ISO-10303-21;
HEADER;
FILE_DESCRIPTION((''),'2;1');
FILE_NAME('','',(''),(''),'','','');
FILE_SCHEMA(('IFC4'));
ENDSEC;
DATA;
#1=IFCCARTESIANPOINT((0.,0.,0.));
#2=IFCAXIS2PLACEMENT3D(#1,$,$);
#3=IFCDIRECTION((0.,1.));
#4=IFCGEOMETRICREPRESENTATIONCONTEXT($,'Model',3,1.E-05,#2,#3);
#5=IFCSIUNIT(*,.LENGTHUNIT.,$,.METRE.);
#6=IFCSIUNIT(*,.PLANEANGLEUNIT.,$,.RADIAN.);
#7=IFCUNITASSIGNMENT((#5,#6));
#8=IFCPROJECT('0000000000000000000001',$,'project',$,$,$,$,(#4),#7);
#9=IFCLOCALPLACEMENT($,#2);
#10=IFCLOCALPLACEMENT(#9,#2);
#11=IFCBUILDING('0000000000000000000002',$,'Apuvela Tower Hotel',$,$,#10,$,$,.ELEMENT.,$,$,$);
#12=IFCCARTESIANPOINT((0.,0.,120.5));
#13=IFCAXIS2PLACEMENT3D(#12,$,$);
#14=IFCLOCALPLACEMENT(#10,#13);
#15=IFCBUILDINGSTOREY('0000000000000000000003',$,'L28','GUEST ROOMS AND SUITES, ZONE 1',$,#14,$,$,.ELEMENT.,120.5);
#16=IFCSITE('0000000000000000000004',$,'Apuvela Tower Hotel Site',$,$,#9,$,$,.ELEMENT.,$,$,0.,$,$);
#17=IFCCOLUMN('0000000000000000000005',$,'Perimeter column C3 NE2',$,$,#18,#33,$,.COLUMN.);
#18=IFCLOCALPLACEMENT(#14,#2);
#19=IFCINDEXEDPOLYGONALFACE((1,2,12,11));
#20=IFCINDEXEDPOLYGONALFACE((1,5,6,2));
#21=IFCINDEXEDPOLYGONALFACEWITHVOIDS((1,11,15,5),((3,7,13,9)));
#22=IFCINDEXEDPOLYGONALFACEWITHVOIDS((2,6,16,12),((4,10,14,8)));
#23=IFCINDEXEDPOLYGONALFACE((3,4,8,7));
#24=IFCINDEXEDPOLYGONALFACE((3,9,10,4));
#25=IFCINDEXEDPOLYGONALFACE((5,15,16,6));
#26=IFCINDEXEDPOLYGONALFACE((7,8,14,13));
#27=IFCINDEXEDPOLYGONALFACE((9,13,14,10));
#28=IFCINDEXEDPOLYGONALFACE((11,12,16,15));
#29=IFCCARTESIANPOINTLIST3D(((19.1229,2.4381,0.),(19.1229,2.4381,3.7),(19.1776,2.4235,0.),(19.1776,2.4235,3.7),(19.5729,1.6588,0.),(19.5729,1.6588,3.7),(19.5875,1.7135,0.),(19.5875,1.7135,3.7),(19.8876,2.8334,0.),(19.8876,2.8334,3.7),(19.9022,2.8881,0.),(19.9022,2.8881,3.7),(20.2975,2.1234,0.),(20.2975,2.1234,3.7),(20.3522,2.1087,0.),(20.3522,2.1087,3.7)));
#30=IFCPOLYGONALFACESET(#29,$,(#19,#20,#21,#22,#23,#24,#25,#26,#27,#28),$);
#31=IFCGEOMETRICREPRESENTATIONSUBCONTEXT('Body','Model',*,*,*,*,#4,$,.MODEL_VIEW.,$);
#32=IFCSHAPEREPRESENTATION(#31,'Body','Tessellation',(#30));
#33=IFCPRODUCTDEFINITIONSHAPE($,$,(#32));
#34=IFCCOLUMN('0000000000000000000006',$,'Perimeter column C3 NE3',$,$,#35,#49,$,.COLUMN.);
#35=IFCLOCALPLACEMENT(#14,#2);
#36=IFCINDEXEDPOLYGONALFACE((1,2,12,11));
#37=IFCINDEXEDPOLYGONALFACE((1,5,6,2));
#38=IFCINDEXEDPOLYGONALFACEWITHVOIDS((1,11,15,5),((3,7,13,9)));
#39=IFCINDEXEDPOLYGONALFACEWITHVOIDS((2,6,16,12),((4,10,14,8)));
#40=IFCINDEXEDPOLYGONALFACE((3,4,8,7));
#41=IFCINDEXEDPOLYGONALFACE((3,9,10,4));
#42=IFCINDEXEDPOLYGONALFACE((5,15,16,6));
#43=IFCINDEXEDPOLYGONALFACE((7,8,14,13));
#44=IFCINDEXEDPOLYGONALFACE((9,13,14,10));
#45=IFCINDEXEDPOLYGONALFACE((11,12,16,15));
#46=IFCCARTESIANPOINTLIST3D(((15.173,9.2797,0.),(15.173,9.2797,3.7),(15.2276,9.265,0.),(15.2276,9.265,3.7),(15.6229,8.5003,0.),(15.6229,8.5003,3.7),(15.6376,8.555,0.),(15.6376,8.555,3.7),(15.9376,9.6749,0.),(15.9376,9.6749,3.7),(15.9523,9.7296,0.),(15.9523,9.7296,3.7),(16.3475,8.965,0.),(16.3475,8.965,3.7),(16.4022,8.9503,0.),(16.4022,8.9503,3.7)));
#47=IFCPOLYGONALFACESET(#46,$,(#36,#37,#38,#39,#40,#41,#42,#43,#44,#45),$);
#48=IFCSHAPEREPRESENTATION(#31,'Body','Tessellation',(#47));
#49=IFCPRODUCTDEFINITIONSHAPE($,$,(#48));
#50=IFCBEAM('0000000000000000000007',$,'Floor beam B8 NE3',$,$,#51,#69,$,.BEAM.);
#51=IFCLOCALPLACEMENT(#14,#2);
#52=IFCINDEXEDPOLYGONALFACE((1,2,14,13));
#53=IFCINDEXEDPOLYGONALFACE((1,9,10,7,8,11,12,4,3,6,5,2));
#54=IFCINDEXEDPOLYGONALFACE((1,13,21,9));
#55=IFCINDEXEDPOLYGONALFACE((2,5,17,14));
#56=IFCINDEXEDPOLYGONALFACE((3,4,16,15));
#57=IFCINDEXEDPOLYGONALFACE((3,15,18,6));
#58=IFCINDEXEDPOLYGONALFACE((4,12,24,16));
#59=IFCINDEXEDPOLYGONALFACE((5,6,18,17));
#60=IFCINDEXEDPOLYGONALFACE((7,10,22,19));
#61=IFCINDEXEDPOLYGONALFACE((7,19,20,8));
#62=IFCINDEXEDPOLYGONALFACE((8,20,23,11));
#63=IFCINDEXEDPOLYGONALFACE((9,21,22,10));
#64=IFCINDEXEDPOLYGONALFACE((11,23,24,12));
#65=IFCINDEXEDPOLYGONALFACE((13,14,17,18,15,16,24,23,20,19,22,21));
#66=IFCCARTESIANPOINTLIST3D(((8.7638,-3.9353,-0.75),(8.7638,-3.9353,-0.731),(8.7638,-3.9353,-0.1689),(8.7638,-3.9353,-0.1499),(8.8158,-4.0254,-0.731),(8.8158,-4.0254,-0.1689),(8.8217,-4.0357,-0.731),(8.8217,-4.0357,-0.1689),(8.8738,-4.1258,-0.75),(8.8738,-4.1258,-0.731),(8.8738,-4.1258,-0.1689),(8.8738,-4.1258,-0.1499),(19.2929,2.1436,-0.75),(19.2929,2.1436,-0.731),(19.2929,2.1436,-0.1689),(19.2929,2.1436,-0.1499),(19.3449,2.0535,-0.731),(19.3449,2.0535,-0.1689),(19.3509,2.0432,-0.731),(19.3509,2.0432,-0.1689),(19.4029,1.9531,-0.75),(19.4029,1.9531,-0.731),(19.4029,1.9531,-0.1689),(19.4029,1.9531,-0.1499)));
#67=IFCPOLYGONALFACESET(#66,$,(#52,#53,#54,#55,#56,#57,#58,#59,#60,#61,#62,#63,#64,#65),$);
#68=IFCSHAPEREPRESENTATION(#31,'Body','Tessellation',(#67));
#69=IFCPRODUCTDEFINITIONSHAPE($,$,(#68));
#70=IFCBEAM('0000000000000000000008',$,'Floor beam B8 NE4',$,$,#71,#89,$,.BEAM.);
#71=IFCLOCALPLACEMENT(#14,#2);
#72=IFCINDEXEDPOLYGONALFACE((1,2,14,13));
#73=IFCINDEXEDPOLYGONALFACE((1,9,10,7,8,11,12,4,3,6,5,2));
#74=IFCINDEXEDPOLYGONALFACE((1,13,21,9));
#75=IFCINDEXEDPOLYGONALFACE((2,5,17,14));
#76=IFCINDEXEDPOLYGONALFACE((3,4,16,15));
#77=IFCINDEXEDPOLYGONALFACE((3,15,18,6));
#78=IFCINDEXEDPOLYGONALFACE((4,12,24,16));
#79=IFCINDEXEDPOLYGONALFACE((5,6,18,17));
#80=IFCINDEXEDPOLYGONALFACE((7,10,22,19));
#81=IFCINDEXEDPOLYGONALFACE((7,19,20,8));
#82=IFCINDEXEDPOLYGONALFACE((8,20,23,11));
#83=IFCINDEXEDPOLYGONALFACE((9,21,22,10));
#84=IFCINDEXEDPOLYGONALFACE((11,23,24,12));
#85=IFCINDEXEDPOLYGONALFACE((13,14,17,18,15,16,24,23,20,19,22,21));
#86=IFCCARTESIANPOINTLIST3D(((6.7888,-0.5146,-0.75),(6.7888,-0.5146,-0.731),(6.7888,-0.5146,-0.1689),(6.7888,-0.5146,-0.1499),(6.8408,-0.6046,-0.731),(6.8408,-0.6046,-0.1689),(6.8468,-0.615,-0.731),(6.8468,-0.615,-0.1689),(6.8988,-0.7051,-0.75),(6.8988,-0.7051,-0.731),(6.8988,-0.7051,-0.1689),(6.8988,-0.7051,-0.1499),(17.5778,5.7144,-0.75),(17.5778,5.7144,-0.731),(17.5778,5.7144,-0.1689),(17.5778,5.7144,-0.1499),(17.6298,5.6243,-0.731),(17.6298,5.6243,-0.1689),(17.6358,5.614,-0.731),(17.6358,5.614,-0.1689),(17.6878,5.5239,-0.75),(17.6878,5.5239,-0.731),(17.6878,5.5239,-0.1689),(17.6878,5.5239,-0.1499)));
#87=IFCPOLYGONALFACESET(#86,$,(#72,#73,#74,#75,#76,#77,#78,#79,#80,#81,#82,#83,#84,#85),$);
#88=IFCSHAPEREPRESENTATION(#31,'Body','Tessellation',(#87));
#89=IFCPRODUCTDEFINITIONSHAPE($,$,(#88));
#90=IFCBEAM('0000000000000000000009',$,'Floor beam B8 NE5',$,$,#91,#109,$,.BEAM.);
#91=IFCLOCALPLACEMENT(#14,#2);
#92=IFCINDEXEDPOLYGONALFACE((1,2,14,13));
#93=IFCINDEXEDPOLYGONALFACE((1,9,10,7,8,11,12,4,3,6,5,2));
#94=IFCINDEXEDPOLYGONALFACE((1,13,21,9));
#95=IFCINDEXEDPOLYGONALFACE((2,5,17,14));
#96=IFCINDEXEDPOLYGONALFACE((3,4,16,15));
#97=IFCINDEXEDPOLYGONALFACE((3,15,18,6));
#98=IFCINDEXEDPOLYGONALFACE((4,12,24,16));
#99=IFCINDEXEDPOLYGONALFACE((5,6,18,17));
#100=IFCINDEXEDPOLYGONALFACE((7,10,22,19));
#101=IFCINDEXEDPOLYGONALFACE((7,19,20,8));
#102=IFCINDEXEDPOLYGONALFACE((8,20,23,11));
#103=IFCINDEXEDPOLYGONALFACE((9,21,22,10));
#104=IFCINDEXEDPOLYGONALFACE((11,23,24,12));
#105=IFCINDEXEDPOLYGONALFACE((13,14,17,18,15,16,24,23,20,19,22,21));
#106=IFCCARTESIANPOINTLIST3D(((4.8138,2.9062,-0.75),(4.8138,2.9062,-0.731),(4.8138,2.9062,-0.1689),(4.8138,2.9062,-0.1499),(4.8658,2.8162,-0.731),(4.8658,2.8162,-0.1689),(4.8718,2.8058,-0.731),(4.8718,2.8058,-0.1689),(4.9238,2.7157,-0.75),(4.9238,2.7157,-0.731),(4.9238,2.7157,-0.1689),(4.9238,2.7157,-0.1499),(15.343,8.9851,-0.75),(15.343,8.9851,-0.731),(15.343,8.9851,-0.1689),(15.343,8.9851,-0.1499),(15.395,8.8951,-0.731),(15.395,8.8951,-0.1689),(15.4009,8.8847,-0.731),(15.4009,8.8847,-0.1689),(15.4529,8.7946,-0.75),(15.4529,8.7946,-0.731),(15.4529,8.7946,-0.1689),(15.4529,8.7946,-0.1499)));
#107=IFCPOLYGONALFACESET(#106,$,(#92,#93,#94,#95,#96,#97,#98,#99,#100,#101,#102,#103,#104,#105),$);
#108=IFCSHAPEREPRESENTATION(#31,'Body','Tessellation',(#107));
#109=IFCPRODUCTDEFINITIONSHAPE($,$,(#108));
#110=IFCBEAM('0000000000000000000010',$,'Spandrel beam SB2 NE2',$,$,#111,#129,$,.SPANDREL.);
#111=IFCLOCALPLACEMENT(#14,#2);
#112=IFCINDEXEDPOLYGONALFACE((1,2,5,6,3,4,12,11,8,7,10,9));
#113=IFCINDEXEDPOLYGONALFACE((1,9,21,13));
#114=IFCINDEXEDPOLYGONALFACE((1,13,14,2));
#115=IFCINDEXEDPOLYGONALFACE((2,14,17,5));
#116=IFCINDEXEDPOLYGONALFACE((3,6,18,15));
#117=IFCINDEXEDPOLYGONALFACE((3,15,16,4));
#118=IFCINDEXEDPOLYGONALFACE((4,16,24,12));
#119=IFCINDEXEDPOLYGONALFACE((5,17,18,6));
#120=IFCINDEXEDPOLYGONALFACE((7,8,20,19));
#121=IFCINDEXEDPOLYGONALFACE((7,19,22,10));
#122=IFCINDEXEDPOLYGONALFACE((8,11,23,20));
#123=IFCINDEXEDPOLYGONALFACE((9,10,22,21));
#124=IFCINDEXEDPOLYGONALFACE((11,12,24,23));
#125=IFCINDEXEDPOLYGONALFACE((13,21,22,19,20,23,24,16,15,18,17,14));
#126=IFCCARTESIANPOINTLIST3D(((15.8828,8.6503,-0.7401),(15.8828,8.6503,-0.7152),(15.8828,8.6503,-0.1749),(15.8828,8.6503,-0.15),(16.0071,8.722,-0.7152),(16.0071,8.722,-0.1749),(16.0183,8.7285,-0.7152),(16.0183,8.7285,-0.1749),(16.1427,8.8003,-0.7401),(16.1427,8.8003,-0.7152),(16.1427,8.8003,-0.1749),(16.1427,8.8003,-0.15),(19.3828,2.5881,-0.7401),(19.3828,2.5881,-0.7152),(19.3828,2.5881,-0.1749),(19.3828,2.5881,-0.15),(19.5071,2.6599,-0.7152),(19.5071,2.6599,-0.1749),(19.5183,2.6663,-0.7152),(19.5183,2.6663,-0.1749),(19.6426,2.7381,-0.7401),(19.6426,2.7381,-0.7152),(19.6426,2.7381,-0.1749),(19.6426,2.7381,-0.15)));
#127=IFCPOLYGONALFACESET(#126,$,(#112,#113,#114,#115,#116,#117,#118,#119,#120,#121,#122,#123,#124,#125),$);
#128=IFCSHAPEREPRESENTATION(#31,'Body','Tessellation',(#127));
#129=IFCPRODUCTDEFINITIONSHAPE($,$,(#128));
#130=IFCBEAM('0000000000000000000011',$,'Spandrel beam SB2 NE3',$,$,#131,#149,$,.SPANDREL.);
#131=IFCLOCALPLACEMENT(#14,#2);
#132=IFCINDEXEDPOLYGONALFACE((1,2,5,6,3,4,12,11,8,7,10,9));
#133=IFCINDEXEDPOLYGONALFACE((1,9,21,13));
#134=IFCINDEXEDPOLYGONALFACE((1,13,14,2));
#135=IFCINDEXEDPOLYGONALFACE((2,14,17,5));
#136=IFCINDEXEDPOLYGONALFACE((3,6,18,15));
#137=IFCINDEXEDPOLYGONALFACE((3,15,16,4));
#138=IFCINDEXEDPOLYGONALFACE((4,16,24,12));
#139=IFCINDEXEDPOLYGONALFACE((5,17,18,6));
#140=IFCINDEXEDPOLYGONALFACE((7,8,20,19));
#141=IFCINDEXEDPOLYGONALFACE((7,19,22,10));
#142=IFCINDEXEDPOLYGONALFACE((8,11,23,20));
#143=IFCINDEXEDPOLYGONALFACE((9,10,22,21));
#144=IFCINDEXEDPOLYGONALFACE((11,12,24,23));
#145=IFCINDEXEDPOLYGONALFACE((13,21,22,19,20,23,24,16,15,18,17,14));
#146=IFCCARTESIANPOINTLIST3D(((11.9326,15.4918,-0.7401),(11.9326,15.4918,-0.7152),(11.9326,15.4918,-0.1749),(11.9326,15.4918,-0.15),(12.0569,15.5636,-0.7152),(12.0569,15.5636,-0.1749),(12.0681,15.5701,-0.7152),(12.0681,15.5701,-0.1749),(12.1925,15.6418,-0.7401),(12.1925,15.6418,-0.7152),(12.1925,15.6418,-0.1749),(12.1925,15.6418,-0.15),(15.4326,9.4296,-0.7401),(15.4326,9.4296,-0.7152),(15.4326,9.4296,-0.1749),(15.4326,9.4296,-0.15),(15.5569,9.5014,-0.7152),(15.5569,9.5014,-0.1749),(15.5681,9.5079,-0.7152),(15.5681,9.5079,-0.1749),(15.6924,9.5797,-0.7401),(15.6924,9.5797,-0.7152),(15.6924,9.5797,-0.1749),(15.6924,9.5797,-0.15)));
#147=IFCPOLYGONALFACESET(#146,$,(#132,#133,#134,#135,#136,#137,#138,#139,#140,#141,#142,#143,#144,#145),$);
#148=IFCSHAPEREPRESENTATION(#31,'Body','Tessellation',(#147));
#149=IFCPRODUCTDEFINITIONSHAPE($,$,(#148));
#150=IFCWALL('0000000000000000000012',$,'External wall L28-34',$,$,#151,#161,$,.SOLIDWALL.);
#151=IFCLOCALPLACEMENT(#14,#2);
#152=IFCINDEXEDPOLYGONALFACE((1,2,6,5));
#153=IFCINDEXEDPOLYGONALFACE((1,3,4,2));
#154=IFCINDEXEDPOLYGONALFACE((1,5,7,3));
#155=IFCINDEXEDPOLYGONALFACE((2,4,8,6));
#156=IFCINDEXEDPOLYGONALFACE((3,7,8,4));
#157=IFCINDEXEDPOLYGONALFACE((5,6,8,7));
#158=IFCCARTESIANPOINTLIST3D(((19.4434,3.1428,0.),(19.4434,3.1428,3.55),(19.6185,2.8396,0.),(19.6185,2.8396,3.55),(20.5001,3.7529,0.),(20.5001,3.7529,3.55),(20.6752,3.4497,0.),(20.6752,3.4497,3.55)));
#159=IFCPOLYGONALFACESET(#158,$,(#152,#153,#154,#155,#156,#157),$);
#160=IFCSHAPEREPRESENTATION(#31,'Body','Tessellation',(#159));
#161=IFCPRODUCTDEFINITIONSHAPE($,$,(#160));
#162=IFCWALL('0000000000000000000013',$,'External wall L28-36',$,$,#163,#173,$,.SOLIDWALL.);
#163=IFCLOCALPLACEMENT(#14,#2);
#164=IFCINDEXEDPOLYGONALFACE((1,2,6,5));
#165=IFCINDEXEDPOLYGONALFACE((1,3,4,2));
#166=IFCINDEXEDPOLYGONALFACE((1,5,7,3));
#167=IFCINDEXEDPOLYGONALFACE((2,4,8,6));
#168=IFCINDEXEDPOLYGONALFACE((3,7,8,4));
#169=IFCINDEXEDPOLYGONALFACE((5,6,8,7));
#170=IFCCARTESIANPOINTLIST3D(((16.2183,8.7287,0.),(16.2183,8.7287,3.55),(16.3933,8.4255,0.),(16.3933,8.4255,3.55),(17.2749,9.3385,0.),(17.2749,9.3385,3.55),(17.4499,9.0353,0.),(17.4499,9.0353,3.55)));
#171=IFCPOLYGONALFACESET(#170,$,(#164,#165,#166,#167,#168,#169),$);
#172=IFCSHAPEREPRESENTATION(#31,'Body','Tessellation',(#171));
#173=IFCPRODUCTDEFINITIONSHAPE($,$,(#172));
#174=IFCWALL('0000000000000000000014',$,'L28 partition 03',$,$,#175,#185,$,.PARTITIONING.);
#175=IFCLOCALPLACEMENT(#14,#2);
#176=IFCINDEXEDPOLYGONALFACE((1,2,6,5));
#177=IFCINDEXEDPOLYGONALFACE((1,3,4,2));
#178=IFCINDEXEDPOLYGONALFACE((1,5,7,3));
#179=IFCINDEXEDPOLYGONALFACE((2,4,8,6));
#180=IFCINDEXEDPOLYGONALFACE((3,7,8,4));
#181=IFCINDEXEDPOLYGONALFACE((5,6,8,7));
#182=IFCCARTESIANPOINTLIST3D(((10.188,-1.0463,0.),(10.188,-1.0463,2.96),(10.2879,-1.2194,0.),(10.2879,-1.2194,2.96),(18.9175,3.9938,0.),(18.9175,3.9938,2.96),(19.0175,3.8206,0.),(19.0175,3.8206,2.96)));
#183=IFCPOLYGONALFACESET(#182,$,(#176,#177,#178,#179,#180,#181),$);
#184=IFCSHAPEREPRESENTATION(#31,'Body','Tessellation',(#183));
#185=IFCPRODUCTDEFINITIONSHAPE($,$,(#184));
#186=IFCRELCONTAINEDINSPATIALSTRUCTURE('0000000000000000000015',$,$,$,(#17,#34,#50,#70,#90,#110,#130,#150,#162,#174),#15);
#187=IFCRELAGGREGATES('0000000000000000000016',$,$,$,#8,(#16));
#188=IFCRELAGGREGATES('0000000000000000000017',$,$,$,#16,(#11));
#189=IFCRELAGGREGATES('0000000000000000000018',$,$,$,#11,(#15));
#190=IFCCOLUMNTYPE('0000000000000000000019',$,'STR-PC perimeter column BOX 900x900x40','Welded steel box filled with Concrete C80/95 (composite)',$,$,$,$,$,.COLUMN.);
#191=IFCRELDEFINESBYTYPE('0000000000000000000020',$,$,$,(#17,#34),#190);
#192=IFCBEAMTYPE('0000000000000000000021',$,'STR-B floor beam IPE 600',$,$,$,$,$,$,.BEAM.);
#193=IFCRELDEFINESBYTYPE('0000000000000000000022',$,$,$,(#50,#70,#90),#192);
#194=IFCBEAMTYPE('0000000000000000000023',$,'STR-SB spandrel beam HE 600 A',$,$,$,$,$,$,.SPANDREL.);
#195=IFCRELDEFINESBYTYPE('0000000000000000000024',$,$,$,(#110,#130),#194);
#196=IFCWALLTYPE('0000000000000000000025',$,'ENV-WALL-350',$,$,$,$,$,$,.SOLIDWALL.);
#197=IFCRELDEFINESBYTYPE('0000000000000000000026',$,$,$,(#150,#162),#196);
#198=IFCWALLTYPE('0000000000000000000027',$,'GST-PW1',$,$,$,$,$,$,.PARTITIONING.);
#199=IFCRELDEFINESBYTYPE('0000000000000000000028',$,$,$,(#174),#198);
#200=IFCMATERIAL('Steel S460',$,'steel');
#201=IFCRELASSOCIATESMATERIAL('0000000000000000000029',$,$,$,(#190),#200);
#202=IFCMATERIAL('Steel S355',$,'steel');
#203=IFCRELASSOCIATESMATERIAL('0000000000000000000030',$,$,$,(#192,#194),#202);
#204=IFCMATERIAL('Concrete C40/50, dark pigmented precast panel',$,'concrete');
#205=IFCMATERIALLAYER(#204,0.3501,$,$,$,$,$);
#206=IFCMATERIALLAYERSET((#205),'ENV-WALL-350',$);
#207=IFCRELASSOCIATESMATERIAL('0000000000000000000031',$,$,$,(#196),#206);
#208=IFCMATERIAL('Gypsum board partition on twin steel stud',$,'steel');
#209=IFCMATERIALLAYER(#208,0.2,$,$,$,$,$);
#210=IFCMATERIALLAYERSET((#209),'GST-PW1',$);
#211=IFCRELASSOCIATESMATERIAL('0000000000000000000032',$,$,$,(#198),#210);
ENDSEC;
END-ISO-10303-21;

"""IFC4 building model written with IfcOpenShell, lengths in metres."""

from ifc_helpers import new_model, si_unit, direction, frame, frame_2d, origin, origin_2d, place, context, subcontext, project, spatial, rectangle, hollow_rectangle, i_section, extrude, material, layer, layer_set, material_profile, profile_set, type_object, element, save


model = new_model("IFC4")

# Units and contexts
model_context = context("Model", 3, precision=1e-05, world=origin(), true_north=direction((0.0, 1.0)))
body_context = subcontext(model_context, "Body", "Model", "MODEL_VIEW")
ifc_project = project(units=[si_unit("LENGTHUNIT", "METRE"), si_unit("PLANEANGLEUNIT", "RADIAN")], contexts=[model_context])

# Site, building, storey
site_placement = place(None, origin())
site = spatial("IfcSite", under=ifc_project, at=site_placement, Name="Apuvela Tower Hotel Site", CompositionType="ELEMENT", RefElevation=0.0)
building_placement = place(site_placement, origin())
building = spatial("IfcBuilding", under=site, at=building_placement, Name="Apuvela Tower Hotel", CompositionType="ELEMENT")
storey_placement = place(building_placement, frame((0.0, 0.0, 120.5)))
storey = spatial("IfcBuildingStorey", under=building, at=storey_placement, Name="L28", Description="GUEST ROOMS AND SUITES, ZONE 1", CompositionType="ELEMENT", Elevation=120.5)

# Columns
ifc_material_1 = material(Name="Steel S460", Category="steel")
ifc_material_profile_1 = material_profile(ifc_material_1, hollow_rectangle(XDim=0.8999, YDim=0.8999, WallThickness=0.04, at=origin_2d()), Name="BOX 900x900x40")
ifc_material_2 = material(Name="Concrete C80/95", Category="concrete")
ifc_material_profile_2 = material_profile(ifc_material_2, rectangle(XDim=0.8201, YDim=0.8201, at=origin_2d()), Name="Concrete C80/95 infill")
ifc_profile_set_1 = profile_set([ifc_material_profile_1, ifc_material_profile_2], Name="Steel S460")
column_type = type_object("IfcColumnType", Name="STR-PC perimeter column BOX 900x900x40", Description="Welded steel box filled with Concrete C80/95 (composite)", PredefinedType="COLUMN", material=ifc_profile_set_1)
for number, where, z_axis, x_axis, name in (
    (1, (19.7375, 2.2734, 0.0), (0.0, 0.0, 1.0), (-0.5, 0.866025, 0.0), "Perimeter column C3 NE2"),
    (2, (15.7876, 9.115, 0.0), (0.0, 0.0, 1.0), (-0.5, 0.866025, 0.0), "Perimeter column C3 NE3"),
):
    element("IfcColumn", number, at=place(storey_placement, frame(where, z_axis=z_axis, x_axis=x_axis)), inside=storey, type_object=column_type, Name=name, PredefinedType="COLUMN", context=body_context, shape_type="SweptSolid", body=[
        extrude(hollow_rectangle(XDim=0.8999, YDim=0.8999, WallThickness=0.04, at=origin_2d()), origin(), (0.0, 0.0, 1.0), 3.7),
    ])

# Beams
ifc_material_3 = material(Name="Steel S355", Category="steel")
ifc_material_profile_3 = material_profile(ifc_material_3, i_section(OverallWidth=0.22, OverallDepth=0.6001, WebThickness=0.012, FlangeThickness=0.019, at=origin_2d()), Name="IPE 600")
ifc_profile_set_2 = profile_set([ifc_material_profile_3], Name="Steel S355")
beam_type_1 = type_object("IfcBeamType", Name="STR-B floor beam IPE 600", PredefinedType="BEAM", material=ifc_profile_set_2)
beam_1_placement = place(storey_placement, frame((19.3479, 2.0483, -0.45), z_axis=(-0.866029, -0.499994, 0.0), x_axis=(0.499994, -0.866029, 0.0)))
element("IfcBeam", 3, at=beam_1_placement, inside=storey, type_object=beam_type_1, Name="Floor beam B8 NE3", PredefinedType="BEAM", context=body_context, shape_type="SweptSolid", body=[
    extrude(i_section(OverallWidth=0.22, OverallDepth=0.6001, WebThickness=0.012, FlangeThickness=0.019, at=origin_2d()), origin(), (0.0, 0.0, 1.0), 12.158),
])
beam_2_placement = place(storey_placement, frame((17.6328, 5.6191, -0.45), z_axis=(-0.866028, -0.499996, 0.0), x_axis=(0.499996, -0.866028, 0.0)))
element("IfcBeam", 4, at=beam_2_placement, inside=storey, type_object=beam_type_1, Name="Floor beam B8 NE4", PredefinedType="BEAM", context=body_context, shape_type="SweptSolid", body=[
    extrude(i_section(OverallWidth=0.22, OverallDepth=0.6001, WebThickness=0.012, FlangeThickness=0.019, at=origin_2d()), origin(), (0.0, 0.0, 1.0), 12.458),
])
beam_3_placement = place(storey_placement, frame((15.3979, 8.8899, -0.45), z_axis=(-0.866029, -0.499994, 0.0), x_axis=(0.499994, -0.866029, 0.0)))
element("IfcBeam", 5, at=beam_3_placement, inside=storey, type_object=beam_type_1, Name="Floor beam B8 NE5", PredefinedType="BEAM", context=body_context, shape_type="SweptSolid", body=[
    extrude(i_section(OverallWidth=0.22, OverallDepth=0.6001, WebThickness=0.012, FlangeThickness=0.019, at=origin_2d()), origin(), (0.0, 0.0, 1.0), 12.158),
])
ifc_material_profile_4 = material_profile(ifc_material_3, i_section(OverallWidth=0.3, OverallDepth=0.5901, WebThickness=0.0129, FlangeThickness=0.0249, at=origin_2d()), Name="HE 600 A")
ifc_profile_set_3 = profile_set([ifc_material_profile_4], Name="Steel S355")
beam_type_2 = type_object("IfcBeamType", Name="STR-SB spandrel beam HE 600 A", PredefinedType="SPANDREL", material=ifc_profile_set_3)
for number, where, z_axis, x_axis, name in (
    (6, (19.5127, 2.6631, -0.4451), (-0.499995, 0.866028, 0.0), (-0.866028, -0.499995, 0.0), "Spandrel beam SB2 NE2"),
    (7, (15.5625, 9.5046, -0.4451), (-0.499995, 0.866028, 0.0), (-0.866028, -0.499995, 0.0), "Spandrel beam SB2 NE3"),
):
    element("IfcBeam", number, at=place(storey_placement, frame(where, z_axis=z_axis, x_axis=x_axis)), inside=storey, type_object=beam_type_2, Name=name, PredefinedType="SPANDREL", context=body_context, shape_type="SweptSolid", body=[
        extrude(i_section(OverallWidth=0.3, OverallDepth=0.5901, WebThickness=0.0129, FlangeThickness=0.0249, at=origin_2d()), origin(), (0.0, 0.0, 1.0), 7.0),
    ])

# Wall
ifc_material_4 = material(Name="Concrete C40/50, dark pigmented precast panel", Category="concrete")
ifc_layer_1 = layer(ifc_material_4, 0.3501)
ifc_layer_set_1 = layer_set([ifc_layer_1], Name="ENV-WALL-350")
wall_type_1 = type_object("IfcWallType", Name="ENV-WALL-350", PredefinedType="SOLIDWALL", material=ifc_layer_set_1)
wall_1_placement = place(storey_placement, frame((20.5876, 3.6013, 0.0), z_axis=(0.0, 0.0, 1.0), x_axis=(-0.866006, -0.500034, 0.0)))
element("IfcWall", 8, at=wall_1_placement, inside=storey, type_object=wall_type_1, Name="External wall L28-34", PredefinedType="SOLIDWALL", context=body_context, shape_type="SweptSolid", body=[
    extrude(rectangle(XDim=1.2202, YDim=0.3501, at=frame_2d((0.6101, 0.0))), origin(), (0.0, 0.0, 1.0), 3.55),
])

# Wall
wall_2_placement = place(storey_placement, frame((16.3059, 8.5771, 0.0), z_axis=(0.0, 0.0, 1.0), x_axis=(0.866092, 0.499884, 0.0)))
element("IfcWall", 9, at=wall_2_placement, inside=storey, type_object=wall_type_1, Name="External wall L28-36", PredefinedType="SOLIDWALL", context=body_context, shape_type="SweptSolid", body=[
    extrude(rectangle(XDim=1.22, YDim=0.3501, at=frame_2d((0.6099, 0.0))), origin(), (0.0, 0.0, 1.0), 3.55),
])

# Wall
ifc_material_5 = material(Name="Gypsum board partition on twin steel stud", Category="steel")
ifc_layer_2 = layer(ifc_material_5, 0.2)
ifc_layer_set_2 = layer_set([ifc_layer_2], Name="GST-PW1")
wall_type_2 = type_object("IfcWallType", Name="GST-PW1", PredefinedType="PARTITIONING", material=ifc_layer_set_2)
wall_3_placement = place(storey_placement, frame((18.9675, 3.9072, 0.0), z_axis=(0.0, 0.0, 1.0), x_axis=(-0.866023, -0.500005, 0.0)))
element("IfcWall", 10, at=wall_3_placement, inside=storey, type_object=wall_type_2, Name="L28 partition 03", PredefinedType="PARTITIONING", context=body_context, shape_type="SweptSolid", body=[
    extrude(rectangle(XDim=10.0801, YDim=0.2, at=frame_2d((5.04, 0.0))), origin(), (0.0, 0.0, 1.0), 2.96),
])

save(model, "model.ifc")
